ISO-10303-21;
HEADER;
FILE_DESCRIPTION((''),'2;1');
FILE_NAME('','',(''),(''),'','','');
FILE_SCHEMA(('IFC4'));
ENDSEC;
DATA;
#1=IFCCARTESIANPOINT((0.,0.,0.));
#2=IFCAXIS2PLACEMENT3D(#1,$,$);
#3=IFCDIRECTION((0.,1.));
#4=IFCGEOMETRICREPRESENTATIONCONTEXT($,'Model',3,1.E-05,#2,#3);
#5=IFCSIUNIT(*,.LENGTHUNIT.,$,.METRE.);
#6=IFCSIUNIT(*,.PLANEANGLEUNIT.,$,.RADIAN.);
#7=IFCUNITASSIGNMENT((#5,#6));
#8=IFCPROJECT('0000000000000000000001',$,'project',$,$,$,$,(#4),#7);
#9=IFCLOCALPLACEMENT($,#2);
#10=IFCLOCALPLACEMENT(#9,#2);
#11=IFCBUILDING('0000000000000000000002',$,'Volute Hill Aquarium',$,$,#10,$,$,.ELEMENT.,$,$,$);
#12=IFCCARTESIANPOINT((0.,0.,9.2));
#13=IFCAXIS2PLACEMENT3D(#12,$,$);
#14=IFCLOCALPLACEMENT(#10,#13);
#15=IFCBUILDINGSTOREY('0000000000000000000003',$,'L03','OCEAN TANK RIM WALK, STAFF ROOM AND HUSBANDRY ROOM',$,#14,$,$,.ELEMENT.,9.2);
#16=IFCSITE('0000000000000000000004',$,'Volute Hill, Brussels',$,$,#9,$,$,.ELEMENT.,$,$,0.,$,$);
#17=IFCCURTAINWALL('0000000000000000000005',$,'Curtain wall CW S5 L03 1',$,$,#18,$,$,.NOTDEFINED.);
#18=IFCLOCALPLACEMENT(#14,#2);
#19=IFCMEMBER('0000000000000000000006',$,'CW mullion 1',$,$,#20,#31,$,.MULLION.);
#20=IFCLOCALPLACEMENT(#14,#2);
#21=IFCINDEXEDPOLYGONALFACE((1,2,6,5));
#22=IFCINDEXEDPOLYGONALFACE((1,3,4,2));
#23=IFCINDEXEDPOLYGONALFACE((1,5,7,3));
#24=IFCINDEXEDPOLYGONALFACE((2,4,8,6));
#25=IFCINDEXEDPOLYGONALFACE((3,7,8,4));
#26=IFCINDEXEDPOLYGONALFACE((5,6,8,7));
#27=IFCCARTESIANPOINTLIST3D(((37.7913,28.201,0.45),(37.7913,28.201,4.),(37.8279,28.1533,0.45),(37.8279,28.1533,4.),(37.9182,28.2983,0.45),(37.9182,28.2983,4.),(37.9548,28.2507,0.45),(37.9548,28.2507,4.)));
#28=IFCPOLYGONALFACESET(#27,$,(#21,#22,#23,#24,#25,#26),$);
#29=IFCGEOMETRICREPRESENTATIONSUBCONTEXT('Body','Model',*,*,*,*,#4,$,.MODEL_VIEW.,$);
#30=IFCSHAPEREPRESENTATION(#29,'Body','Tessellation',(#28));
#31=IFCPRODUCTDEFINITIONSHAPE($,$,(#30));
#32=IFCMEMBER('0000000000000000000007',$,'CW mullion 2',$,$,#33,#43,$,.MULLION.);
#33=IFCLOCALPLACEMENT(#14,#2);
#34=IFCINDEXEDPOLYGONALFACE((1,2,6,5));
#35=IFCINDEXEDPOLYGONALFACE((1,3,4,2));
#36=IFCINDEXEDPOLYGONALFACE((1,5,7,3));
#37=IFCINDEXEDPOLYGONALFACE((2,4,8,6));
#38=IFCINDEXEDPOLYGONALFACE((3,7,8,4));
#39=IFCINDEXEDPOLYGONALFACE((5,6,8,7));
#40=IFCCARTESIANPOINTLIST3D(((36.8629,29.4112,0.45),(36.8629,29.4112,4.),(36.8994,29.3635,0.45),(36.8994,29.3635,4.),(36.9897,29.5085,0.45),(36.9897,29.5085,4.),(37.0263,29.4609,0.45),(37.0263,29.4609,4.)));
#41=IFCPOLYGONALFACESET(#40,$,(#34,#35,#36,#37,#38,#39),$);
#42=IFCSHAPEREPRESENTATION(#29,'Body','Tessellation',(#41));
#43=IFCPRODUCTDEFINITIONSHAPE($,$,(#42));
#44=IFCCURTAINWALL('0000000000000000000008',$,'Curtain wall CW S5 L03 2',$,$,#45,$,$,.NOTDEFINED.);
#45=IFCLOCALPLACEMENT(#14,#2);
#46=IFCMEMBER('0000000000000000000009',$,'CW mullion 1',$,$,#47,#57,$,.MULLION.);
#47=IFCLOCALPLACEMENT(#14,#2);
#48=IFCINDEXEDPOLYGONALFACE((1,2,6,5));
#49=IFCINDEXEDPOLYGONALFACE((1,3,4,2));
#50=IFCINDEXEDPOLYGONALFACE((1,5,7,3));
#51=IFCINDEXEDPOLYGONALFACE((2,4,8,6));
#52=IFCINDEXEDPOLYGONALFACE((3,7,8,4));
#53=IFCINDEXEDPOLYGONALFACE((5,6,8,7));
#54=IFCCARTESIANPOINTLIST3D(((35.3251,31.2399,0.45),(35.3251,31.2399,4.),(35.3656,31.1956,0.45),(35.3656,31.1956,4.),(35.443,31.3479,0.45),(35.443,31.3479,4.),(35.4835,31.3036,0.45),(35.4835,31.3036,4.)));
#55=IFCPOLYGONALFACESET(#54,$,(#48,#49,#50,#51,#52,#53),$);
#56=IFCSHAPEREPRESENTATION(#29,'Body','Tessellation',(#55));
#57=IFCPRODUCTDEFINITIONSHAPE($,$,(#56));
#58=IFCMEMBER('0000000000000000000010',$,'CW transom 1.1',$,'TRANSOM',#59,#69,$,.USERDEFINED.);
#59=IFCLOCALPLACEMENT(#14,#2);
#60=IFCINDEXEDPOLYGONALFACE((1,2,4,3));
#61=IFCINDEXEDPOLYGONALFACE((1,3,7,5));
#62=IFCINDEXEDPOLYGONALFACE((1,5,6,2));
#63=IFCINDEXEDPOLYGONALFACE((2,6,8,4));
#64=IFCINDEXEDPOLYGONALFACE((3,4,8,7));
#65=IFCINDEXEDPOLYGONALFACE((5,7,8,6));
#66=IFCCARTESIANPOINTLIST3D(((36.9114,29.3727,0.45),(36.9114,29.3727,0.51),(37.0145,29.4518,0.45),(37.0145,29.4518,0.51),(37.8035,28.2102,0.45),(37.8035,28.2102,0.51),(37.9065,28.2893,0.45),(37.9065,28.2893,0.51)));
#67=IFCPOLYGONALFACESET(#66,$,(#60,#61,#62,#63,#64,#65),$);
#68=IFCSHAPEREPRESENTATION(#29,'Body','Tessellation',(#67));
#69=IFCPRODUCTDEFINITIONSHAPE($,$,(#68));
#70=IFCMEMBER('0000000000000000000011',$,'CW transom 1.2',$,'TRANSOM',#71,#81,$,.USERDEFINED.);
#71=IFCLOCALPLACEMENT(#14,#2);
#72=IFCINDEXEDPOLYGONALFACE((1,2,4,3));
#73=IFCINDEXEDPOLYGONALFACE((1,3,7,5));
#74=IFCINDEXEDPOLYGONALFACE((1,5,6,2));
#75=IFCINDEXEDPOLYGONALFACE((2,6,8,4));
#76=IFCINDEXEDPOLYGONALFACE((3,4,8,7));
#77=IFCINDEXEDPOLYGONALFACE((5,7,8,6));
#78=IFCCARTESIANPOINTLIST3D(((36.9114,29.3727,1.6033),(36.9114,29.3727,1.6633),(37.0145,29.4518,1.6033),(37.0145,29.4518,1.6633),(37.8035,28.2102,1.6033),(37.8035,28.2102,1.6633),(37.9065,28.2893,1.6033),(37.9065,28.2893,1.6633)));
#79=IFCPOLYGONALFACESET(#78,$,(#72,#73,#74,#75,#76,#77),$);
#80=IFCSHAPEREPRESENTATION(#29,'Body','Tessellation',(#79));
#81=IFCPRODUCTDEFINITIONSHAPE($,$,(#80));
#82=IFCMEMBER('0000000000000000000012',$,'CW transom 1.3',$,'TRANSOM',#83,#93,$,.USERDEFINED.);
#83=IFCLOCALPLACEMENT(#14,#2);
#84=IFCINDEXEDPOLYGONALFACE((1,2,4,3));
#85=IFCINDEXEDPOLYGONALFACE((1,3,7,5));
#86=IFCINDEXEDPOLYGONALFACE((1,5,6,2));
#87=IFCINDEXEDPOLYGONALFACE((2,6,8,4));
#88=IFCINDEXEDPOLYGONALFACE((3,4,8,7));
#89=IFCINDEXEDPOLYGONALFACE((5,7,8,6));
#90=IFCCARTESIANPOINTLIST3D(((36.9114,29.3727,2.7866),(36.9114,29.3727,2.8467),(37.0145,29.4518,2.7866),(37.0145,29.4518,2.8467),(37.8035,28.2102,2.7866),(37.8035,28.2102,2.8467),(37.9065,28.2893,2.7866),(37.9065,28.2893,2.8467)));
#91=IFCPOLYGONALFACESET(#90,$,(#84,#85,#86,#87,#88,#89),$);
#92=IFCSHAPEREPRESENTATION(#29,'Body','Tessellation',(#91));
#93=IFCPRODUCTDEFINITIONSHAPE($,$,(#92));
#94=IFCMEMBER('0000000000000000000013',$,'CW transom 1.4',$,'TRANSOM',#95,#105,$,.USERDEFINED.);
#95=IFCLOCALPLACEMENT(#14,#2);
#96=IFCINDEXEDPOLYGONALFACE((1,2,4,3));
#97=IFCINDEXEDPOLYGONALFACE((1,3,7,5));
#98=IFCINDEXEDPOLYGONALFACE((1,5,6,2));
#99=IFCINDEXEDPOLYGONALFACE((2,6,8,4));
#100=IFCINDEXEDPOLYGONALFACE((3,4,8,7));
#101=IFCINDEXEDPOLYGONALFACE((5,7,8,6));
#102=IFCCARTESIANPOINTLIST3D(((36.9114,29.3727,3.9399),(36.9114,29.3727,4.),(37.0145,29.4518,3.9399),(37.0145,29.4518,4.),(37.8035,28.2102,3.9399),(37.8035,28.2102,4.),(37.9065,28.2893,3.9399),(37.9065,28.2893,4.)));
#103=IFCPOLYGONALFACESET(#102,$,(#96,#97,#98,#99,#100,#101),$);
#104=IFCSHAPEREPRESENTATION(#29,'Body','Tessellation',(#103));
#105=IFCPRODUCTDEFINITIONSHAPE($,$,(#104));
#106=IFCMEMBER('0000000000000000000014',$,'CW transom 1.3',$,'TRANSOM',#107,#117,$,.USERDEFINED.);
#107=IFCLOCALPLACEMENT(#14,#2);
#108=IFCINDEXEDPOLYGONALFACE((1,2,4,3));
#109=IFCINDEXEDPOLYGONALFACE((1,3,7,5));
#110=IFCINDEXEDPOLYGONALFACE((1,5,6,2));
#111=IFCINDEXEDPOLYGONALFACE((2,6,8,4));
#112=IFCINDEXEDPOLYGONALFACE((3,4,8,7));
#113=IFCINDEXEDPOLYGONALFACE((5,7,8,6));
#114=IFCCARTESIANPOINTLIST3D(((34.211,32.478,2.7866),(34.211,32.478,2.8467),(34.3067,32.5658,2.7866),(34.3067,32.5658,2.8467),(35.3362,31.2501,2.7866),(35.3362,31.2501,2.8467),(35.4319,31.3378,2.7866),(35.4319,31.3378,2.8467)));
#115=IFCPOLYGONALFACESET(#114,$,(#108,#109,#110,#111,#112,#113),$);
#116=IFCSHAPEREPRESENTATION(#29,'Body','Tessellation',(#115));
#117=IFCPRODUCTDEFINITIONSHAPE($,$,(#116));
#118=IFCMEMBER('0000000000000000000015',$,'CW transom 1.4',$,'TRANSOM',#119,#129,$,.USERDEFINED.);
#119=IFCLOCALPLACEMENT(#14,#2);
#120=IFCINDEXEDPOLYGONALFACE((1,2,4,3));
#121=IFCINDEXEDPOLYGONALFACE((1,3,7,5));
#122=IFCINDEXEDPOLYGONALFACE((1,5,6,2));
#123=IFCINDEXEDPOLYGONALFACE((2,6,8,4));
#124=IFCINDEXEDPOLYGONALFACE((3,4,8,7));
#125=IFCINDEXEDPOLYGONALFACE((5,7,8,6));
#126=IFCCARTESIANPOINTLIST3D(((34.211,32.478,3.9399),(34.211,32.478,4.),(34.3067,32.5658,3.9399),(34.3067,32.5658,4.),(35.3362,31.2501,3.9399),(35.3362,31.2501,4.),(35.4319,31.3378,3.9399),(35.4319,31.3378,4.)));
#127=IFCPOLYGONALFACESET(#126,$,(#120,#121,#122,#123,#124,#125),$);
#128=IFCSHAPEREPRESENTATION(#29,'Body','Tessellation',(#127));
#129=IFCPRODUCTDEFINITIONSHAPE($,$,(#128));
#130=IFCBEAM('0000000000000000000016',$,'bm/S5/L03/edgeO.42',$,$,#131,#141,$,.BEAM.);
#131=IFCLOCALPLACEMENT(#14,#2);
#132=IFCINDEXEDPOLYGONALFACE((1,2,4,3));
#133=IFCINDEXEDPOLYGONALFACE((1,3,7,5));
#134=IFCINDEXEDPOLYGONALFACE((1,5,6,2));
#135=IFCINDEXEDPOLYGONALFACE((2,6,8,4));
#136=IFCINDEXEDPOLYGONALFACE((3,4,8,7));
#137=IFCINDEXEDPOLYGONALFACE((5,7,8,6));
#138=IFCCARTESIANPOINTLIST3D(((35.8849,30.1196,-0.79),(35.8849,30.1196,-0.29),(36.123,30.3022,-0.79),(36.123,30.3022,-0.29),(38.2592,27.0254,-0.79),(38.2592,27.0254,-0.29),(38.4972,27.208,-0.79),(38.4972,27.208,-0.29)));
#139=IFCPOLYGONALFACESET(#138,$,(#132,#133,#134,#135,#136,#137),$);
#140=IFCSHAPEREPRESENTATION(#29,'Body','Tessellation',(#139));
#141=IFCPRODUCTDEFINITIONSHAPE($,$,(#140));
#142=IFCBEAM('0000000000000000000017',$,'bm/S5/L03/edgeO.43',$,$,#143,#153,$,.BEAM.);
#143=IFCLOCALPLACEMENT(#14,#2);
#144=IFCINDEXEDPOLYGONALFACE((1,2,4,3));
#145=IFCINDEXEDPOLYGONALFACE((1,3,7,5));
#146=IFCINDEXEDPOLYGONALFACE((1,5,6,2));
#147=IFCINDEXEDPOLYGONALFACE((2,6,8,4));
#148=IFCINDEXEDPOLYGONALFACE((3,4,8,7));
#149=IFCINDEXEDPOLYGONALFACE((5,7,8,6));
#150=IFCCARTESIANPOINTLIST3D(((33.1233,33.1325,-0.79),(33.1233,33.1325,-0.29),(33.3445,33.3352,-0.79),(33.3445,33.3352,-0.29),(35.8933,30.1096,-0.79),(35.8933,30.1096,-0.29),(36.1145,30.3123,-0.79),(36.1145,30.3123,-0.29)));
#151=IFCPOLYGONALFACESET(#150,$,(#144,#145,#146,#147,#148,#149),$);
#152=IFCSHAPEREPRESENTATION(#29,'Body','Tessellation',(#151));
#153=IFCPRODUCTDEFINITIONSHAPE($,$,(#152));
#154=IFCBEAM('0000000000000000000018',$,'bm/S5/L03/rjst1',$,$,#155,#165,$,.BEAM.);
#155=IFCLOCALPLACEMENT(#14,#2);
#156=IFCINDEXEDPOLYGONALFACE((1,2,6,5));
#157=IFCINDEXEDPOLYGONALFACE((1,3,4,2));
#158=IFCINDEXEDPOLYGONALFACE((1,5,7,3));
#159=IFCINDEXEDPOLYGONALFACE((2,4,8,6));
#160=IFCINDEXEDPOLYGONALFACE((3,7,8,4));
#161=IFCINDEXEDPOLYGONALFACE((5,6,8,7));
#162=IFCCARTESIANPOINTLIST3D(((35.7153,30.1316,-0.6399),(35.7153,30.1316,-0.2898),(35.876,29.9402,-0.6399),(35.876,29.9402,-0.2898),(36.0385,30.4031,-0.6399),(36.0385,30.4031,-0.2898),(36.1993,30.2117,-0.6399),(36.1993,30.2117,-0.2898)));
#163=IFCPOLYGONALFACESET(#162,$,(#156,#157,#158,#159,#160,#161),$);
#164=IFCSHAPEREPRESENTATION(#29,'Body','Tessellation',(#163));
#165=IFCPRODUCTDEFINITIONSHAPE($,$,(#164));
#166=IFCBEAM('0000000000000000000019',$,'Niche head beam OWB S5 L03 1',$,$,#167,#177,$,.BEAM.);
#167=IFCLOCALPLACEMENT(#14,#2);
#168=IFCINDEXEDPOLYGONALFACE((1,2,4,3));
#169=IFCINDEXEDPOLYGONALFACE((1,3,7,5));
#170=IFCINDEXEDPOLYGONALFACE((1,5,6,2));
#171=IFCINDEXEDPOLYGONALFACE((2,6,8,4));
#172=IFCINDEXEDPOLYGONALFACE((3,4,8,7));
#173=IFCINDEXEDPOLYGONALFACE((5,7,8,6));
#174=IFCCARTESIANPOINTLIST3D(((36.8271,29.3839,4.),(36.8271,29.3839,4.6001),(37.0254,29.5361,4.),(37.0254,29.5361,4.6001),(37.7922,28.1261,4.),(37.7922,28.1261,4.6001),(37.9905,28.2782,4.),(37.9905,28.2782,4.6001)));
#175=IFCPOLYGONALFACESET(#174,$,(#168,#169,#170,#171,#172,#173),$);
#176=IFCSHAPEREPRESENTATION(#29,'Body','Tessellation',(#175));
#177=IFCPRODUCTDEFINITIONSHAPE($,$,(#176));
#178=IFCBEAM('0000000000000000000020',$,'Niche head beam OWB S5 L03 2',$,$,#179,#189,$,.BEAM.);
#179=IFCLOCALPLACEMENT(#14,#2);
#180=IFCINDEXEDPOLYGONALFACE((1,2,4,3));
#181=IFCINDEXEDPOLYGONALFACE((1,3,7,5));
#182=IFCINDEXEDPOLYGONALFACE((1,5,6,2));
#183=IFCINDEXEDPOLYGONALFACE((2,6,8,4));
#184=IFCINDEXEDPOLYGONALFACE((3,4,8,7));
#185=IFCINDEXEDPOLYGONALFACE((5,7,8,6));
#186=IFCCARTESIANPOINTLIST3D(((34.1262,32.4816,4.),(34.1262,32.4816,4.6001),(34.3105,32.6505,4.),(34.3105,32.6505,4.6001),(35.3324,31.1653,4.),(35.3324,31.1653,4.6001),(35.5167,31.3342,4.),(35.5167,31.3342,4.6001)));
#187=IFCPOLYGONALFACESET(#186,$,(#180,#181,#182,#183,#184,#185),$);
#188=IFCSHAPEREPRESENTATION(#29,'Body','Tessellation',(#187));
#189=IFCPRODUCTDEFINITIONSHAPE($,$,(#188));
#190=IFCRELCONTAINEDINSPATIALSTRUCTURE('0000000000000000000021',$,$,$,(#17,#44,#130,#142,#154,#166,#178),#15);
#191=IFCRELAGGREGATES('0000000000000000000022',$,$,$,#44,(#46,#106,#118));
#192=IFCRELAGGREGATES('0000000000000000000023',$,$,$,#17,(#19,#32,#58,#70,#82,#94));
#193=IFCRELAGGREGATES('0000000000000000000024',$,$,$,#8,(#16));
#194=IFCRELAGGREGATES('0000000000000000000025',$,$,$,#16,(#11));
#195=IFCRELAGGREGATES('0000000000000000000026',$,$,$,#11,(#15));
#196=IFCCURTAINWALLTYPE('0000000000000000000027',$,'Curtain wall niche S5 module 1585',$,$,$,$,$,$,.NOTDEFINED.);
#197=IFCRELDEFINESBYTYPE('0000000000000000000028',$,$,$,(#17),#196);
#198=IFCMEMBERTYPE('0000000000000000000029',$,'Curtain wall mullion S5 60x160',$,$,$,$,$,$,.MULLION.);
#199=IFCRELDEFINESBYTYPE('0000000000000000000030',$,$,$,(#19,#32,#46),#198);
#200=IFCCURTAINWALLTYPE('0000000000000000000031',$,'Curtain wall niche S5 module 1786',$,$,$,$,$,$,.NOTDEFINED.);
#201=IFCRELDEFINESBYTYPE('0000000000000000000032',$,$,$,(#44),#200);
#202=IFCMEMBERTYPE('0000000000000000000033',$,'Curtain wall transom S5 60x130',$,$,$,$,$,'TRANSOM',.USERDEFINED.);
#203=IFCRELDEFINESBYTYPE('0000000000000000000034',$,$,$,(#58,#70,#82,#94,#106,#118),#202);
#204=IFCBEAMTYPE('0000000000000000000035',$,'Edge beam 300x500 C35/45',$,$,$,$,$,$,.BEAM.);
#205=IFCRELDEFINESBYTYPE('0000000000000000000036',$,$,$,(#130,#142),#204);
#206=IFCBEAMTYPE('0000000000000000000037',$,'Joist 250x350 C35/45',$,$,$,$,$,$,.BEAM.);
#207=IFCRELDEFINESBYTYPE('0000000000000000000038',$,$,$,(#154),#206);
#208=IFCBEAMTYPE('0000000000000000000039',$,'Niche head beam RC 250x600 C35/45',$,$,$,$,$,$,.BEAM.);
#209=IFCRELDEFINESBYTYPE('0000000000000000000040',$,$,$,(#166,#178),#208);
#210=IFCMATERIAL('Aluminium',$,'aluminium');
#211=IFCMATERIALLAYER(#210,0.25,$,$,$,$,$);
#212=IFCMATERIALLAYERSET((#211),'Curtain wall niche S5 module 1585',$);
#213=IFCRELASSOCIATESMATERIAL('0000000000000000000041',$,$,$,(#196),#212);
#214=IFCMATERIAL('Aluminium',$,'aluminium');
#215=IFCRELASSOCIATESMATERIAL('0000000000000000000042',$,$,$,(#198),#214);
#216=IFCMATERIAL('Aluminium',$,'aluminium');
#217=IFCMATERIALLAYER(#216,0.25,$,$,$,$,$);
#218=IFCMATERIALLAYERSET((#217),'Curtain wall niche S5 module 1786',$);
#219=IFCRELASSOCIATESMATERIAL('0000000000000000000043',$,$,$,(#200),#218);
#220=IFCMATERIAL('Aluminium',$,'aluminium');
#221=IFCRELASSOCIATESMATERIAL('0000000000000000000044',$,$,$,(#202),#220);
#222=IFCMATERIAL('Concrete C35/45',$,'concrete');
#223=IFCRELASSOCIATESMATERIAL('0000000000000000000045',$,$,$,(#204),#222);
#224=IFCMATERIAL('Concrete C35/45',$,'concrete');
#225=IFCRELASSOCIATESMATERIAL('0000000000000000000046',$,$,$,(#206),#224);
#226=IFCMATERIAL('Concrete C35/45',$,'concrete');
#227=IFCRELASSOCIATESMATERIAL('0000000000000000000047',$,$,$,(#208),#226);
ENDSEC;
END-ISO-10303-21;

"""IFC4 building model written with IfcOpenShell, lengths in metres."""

from ifc_helpers import new_model, si_unit, direction, frame, origin, origin_2d, place, context, subcontext, project, spatial, rectangle, extrude, material, layer, layer_set, material_profile, profile_set, type_object, element, aggregate, save


model = new_model("IFC4")

# Units and contexts
model_context = context("Model", 3, precision=1e-05, world=origin(), true_north=direction((0.0, 1.0)))
body_context = subcontext(model_context, "Body", "Model", "MODEL_VIEW")
ifc_project = project(units=[si_unit("LENGTHUNIT", "METRE"), si_unit("PLANEANGLEUNIT", "RADIAN")], contexts=[model_context])

# Site, building, storey
site_placement = place(None, origin())
site = spatial("IfcSite", under=ifc_project, at=site_placement, Name="Volute Hill, Brussels", CompositionType="ELEMENT", RefElevation=0.0)
building_placement = place(site_placement, origin())
building = spatial("IfcBuilding", under=site, at=building_placement, Name="Volute Hill Aquarium", CompositionType="ELEMENT")
storey_placement = place(building_placement, frame((0.0, 0.0, 9.2)))
storey = spatial("IfcBuildingStorey", under=building, at=storey_placement, Name="L03", Description="OCEAN TANK RIM WALK, STAFF ROOM AND HUSBANDRY ROOM", CompositionType="ELEMENT", Elevation=9.2)

# Curtain wall, members
ifc_material_1 = material(Name="Aluminium", Category="aluminium")
ifc_layer_1 = layer(ifc_material_1, 0.25)
ifc_layer_set_1 = layer_set([ifc_layer_1], Name="Curtain wall niche S5 module 1585")
curtain_wall_type_1 = type_object("IfcCurtainWallType", Name="Curtain wall niche S5 module 1585", PredefinedType="NOTDEFINED", material=ifc_layer_set_1)
curtain_wall_1_placement = place(storey_placement, origin())
curtain_wall_1 = element("IfcCurtainWall", 1, at=curtain_wall_1_placement, inside=storey, type_object=curtain_wall_type_1, Name="Curtain wall CW S5 L03 1", PredefinedType="NOTDEFINED")
ifc_material_2 = material(Name="Aluminium", Category="aluminium")
ifc_material_profile_1 = material_profile(ifc_material_2, rectangle(XDim=0.1599, YDim=0.0601, at=origin_2d()), Name="Curtain wall mullion S5 60x160")
ifc_profile_set_1 = profile_set([ifc_material_profile_1], Name="Aluminium")
member_type_1 = type_object("IfcMemberType", Name="Curtain wall mullion S5 60x160", PredefinedType="MULLION", material=ifc_profile_set_1)
member_1_placement = place(storey_placement, frame((37.873, 28.2258, 0.45), z_axis=(0.0, 0.0, 1.0), x_axis=(-0.793361, -0.608752, 0.0)))
member_1 = element("IfcMember", 2, at=member_1_placement, type_object=member_type_1, Name="CW mullion 1", PredefinedType="MULLION", context=body_context, shape_type="SweptSolid", body=[
    extrude(rectangle(XDim=0.1599, YDim=0.0601, at=origin_2d()), origin(), (0.0, 0.0, 1.0), 3.55),
])
member_2_placement = place(storey_placement, frame((36.9446, 29.436, 0.45), z_axis=(0.0, 0.0, 1.0), x_axis=(-0.793361, -0.608752, 0.0)))
member_2 = element("IfcMember", 3, at=member_2_placement, type_object=member_type_1, Name="CW mullion 2", PredefinedType="MULLION", context=body_context, shape_type="SweptSolid", body=[
    extrude(rectangle(XDim=0.1599, YDim=0.0601, at=origin_2d()), origin(), (0.0, 0.0, 1.0), 3.55),
])

# Curtain wall, member
ifc_material_3 = material(Name="Aluminium", Category="aluminium")
ifc_layer_2 = layer(ifc_material_3, 0.25)
ifc_layer_set_2 = layer_set([ifc_layer_2], Name="Curtain wall niche S5 module 1786")
curtain_wall_type_2 = type_object("IfcCurtainWallType", Name="Curtain wall niche S5 module 1786", PredefinedType="NOTDEFINED", material=ifc_layer_set_2)
curtain_wall_2_placement = place(storey_placement, origin())
curtain_wall_2 = element("IfcCurtainWall", 4, at=curtain_wall_2_placement, inside=storey, type_object=curtain_wall_type_2, Name="Curtain wall CW S5 L03 2", PredefinedType="NOTDEFINED")
member_3_placement = place(storey_placement, frame((35.4043, 31.2717, 0.45), z_axis=(0.0, 0.0, 1.0), x_axis=(-0.737282, -0.675585, 0.0)))
member_3 = element("IfcMember", 5, at=member_3_placement, type_object=member_type_1, Name="CW mullion 1", PredefinedType="MULLION", context=body_context, shape_type="SweptSolid", body=[
    extrude(rectangle(XDim=0.1599, YDim=0.0601, at=origin_2d()), origin(), (0.0, 0.0, 1.0), 3.55),
])

# Members
ifc_material_4 = material(Name="Aluminium", Category="aluminium")
ifc_material_profile_2 = material_profile(ifc_material_4, rectangle(XDim=0.1299, YDim=0.0601, at=origin_2d()), Name="Curtain wall transom S5 60x130")
ifc_profile_set_2 = profile_set([ifc_material_profile_2], Name="Aluminium")
member_type_2 = type_object("IfcMemberType", Name="Curtain wall transom S5 60x130", ElementType="TRANSOM", PredefinedType="USERDEFINED", material=ifc_profile_set_2)
member_4_placement = place(storey_placement, frame((37.855, 28.2498, 0.48), z_axis=(-0.60876, 0.793354, 0.0), x_axis=(-0.793354, -0.60876, 0.0)))
member_4 = element("IfcMember", 6, at=member_4_placement, type_object=member_type_2, Name="CW transom 1.1", ObjectType="TRANSOM", PredefinedType="USERDEFINED", context=body_context, shape_type="SweptSolid", body=[
    extrude(rectangle(XDim=0.1299, YDim=0.0601, at=origin_2d()), origin(), (0.0, 0.0, 1.0), 1.4653),
])
member_5_placement = place(storey_placement, frame((37.855, 28.2498, 1.6333), z_axis=(-0.60876, 0.793354, 0.0), x_axis=(-0.793354, -0.60876, 0.0)))
member_5 = element("IfcMember", 7, at=member_5_placement, type_object=member_type_2, Name="CW transom 1.2", ObjectType="TRANSOM", PredefinedType="USERDEFINED", context=body_context, shape_type="SweptSolid", body=[
    extrude(rectangle(XDim=0.1299, YDim=0.0601, at=origin_2d()), origin(), (0.0, 0.0, 1.0), 1.4653),
])
member_6_placement = place(storey_placement, frame((37.855, 28.2498, 2.8167), z_axis=(-0.60876, 0.793354, 0.0), x_axis=(-0.793354, -0.60876, 0.0)))
member_6 = element("IfcMember", 8, at=member_6_placement, type_object=member_type_2, Name="CW transom 1.3", ObjectType="TRANSOM", PredefinedType="USERDEFINED", context=body_context, shape_type="SweptSolid", body=[
    extrude(rectangle(XDim=0.1299, YDim=0.0601, at=origin_2d()), origin(), (0.0, 0.0, 1.0), 1.4653),
])
member_7_placement = place(storey_placement, frame((37.855, 28.2498, 3.97), z_axis=(-0.60876, 0.793354, 0.0), x_axis=(-0.793354, -0.60876, 0.0)))
member_7 = element("IfcMember", 9, at=member_7_placement, type_object=member_type_2, Name="CW transom 1.4", ObjectType="TRANSOM", PredefinedType="USERDEFINED", context=body_context, shape_type="SweptSolid", body=[
    extrude(rectangle(XDim=0.1299, YDim=0.0601, at=origin_2d()), origin(), (0.0, 0.0, 1.0), 1.4653),
])
member_8_placement = place(storey_placement, frame((35.384, 31.2939, 2.8167), z_axis=(-0.675579, 0.737288, 0.0), x_axis=(-0.737288, -0.675579, 0.0)))
member_8 = element("IfcMember", 10, at=member_8_placement, type_object=member_type_2, Name="CW transom 1.3", ObjectType="TRANSOM", PredefinedType="USERDEFINED", context=body_context, shape_type="SweptSolid", body=[
    extrude(rectangle(XDim=0.1299, YDim=0.0601, at=origin_2d()), origin(), (0.0, 0.0, 1.0), 1.6655),
])
member_9_placement = place(storey_placement, frame((35.384, 31.2939, 3.97), z_axis=(-0.675579, 0.737288, 0.0), x_axis=(-0.737288, -0.675579, 0.0)))
member_9 = element("IfcMember", 11, at=member_9_placement, type_object=member_type_2, Name="CW transom 1.4", ObjectType="TRANSOM", PredefinedType="USERDEFINED", context=body_context, shape_type="SweptSolid", body=[
    extrude(rectangle(XDim=0.1299, YDim=0.0601, at=origin_2d()), origin(), (0.0, 0.0, 1.0), 1.6655),
])
aggregate(curtain_wall_2, [member_3, member_8, member_9])

# Beams
ifc_material_5 = material(Name="Concrete C35/45", Category="concrete")
ifc_material_profile_3 = material_profile(ifc_material_5, rectangle(XDim=0.3, YDim=0.5, at=origin_2d()), Name="RC edge beam 300x500")
ifc_profile_set_3 = profile_set([ifc_material_profile_3], Name="Concrete C35/45")
beam_type_1 = type_object("IfcBeamType", Name="Edge beam 300x500 C35/45", PredefinedType="BEAM", material=ifc_profile_set_3)
beam_1_placement = place(storey_placement, frame((38.3782, 27.1167, -0.54), z_axis=(-0.608757, 0.793356, 0.0), x_axis=(-0.793356, -0.608757, 0.0)))
element("IfcBeam", 12, at=beam_1_placement, inside=storey, type_object=beam_type_1, Name="bm/S5/L03/edgeO.42", PredefinedType="BEAM", context=body_context, shape_type="SweptSolid", body=[
    extrude(rectangle(XDim=0.3, YDim=0.5, at=origin_2d()), origin(), (0.0, 0.0, 1.0), 3.9001),
])
beam_2_placement = place(storey_placement, frame((36.0039, 30.2109, -0.54), z_axis=(-0.67559, 0.737278, 0.0), x_axis=(-0.737278, -0.67559, 0.0)))
element("IfcBeam", 13, at=beam_2_placement, inside=storey, type_object=beam_type_1, Name="bm/S5/L03/edgeO.43", PredefinedType="BEAM", context=body_context, shape_type="SweptSolid", body=[
    extrude(rectangle(XDim=0.3, YDim=0.5, at=origin_2d()), origin(), (0.0, 0.0, 1.0), 4.1001),
])
ifc_material_6 = material(Name="Concrete C35/45", Category="concrete")
ifc_material_profile_4 = material_profile(ifc_material_6, rectangle(XDim=0.25, YDim=0.3501, at=origin_2d()), Name="RC joist 250x350")
ifc_profile_set_4 = profile_set([ifc_material_profile_4], Name="Concrete C35/45")
beam_type_2 = type_object("IfcBeamType", Name="Joist 250x350 C35/45", PredefinedType="BEAM", material=ifc_profile_set_4)
beam_3_placement = place(storey_placement, frame((35.7957, 30.0359, -0.4648), z_axis=(0.76575, 0.643138, 0.0), x_axis=(-0.643138, 0.76575, 0.0)))
element("IfcBeam", 14, at=beam_3_placement, inside=storey, type_object=beam_type_2, Name="bm/S5/L03/rjst1", PredefinedType="BEAM", context=body_context, shape_type="SweptSolid", body=[
    extrude(rectangle(XDim=0.25, YDim=0.3501, at=origin_2d()), origin(), (0.0, 0.0, 1.0), 0.4221),
])
ifc_material_7 = material(Name="Concrete C35/45", Category="concrete")
ifc_material_profile_5 = material_profile(ifc_material_7, rectangle(XDim=0.25, YDim=0.6001, at=origin_2d()), Name="RC beam 250x600")
ifc_profile_set_5 = profile_set([ifc_material_profile_5], Name="Concrete C35/45")
beam_type_3 = type_object("IfcBeamType", Name="Niche head beam RC 250x600 C35/45", PredefinedType="BEAM", material=ifc_profile_set_5)
beam_4_placement = place(storey_placement, frame((37.8914, 28.2021, 4.3), z_axis=(-0.608735, 0.793373, 0.0), x_axis=(-0.793373, -0.608735, 0.0)))
element("IfcBeam", 15, at=beam_4_placement, inside=storey, type_object=beam_type_3, Name="Niche head beam OWB S5 L03 1", PredefinedType="BEAM", context=body_context, shape_type="SweptSolid", body=[
    extrude(rectangle(XDim=0.25, YDim=0.6001, at=origin_2d()), origin(), (0.0, 0.0, 1.0), 1.5854),
])
beam_5_placement = place(storey_placement, frame((35.4246, 31.2498, 4.3), z_axis=(-0.675601, 0.737268, 0.0), x_axis=(-0.737268, -0.675601, 0.0)))
element("IfcBeam", 16, at=beam_5_placement, inside=storey, type_object=beam_type_3, Name="Niche head beam OWB S5 L03 2", PredefinedType="BEAM", context=body_context, shape_type="SweptSolid", body=[
    extrude(rectangle(XDim=0.25, YDim=0.6001, at=origin_2d()), origin(), (0.0, 0.0, 1.0), 1.7854),
])

aggregate(curtain_wall_1, [member_1, member_2, member_4, member_5, member_6, member_7])

save(model, "model.ifc")
